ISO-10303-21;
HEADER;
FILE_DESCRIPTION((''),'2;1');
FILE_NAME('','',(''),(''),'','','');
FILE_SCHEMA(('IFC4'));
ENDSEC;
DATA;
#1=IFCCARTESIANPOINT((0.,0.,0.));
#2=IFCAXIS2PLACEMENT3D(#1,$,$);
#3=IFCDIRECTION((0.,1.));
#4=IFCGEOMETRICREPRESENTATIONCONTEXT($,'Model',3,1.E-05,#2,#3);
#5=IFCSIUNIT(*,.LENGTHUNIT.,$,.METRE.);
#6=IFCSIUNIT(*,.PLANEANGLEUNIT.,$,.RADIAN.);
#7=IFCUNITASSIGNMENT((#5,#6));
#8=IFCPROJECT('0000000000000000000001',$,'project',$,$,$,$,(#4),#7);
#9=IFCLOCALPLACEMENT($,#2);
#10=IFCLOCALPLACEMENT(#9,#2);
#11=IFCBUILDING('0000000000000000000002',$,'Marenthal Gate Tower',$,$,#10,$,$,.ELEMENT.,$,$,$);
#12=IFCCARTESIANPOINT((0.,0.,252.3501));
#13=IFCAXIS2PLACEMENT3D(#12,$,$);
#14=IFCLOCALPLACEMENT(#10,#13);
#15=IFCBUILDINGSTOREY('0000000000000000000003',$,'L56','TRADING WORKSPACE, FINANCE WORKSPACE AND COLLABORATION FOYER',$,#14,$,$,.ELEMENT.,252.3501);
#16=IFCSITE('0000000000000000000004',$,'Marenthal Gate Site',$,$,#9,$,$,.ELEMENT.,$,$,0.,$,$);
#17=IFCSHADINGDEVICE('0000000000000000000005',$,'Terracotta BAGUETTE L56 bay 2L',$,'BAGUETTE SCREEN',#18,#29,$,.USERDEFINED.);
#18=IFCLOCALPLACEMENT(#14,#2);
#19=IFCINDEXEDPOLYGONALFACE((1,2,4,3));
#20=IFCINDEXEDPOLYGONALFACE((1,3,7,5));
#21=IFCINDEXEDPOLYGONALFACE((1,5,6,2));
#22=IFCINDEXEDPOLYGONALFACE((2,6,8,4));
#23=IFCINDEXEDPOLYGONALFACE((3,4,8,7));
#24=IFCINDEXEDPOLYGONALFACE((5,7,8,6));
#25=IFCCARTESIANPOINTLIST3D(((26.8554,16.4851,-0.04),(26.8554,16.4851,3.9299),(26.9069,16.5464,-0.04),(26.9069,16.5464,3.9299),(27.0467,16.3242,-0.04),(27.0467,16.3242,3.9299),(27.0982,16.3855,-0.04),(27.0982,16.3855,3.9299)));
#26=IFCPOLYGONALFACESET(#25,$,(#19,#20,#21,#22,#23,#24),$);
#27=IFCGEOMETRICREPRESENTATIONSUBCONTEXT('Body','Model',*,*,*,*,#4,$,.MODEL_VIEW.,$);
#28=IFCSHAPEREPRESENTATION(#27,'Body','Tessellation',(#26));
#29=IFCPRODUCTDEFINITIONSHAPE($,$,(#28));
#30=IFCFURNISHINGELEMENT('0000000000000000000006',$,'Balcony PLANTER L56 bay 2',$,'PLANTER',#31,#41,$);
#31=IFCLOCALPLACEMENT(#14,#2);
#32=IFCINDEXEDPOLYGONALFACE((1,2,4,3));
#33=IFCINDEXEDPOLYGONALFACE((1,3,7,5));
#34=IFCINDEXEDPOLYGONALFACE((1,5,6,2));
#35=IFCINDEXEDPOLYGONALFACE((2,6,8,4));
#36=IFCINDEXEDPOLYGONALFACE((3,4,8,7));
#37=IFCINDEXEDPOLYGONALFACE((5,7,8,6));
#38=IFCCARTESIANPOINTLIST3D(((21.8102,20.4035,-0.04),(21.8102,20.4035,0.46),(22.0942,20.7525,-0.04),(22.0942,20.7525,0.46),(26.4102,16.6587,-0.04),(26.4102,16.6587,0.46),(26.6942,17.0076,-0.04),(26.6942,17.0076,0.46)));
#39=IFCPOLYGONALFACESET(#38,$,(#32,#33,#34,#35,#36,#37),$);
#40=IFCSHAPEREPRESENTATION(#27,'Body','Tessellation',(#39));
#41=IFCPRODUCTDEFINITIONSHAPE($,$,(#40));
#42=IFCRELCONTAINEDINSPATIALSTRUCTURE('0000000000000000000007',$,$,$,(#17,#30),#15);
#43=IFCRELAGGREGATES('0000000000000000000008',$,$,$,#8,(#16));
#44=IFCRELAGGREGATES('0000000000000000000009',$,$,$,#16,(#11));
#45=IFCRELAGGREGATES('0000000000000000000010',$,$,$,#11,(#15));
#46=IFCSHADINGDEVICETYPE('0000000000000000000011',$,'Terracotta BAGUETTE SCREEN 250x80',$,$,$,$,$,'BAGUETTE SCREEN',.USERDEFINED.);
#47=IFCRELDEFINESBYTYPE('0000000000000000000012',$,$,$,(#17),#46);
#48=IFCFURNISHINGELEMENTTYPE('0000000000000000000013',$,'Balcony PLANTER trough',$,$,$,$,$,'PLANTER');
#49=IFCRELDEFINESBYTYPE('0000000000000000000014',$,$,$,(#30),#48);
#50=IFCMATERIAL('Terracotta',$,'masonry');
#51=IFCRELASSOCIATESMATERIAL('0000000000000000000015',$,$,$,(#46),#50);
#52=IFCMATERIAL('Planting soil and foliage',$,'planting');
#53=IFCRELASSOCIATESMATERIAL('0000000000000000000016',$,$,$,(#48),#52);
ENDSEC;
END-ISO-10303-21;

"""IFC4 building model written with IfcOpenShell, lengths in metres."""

from ifc_helpers import new_model, si_unit, direction, frame, origin, origin_2d, place, context, subcontext, project, spatial, rectangle, extrude, material, material_profile, profile_set, type_object, element, save


model = new_model("IFC4")

# Units and contexts
model_context = context("Model", 3, precision=1e-05, world=origin(), true_north=direction((0.0, 1.0)))
body_context = subcontext(model_context, "Body", "Model", "MODEL_VIEW")
ifc_project = project(units=[si_unit("LENGTHUNIT", "METRE"), si_unit("PLANEANGLEUNIT", "RADIAN")], contexts=[model_context])

# Site, building, storey
site_placement = place(None, origin())
site = spatial("IfcSite", under=ifc_project, at=site_placement, Name="Marenthal Gate Site", CompositionType="ELEMENT", RefElevation=0.0)
building_placement = place(site_placement, origin())
building = spatial("IfcBuilding", under=site, at=building_placement, Name="Marenthal Gate Tower", CompositionType="ELEMENT")
storey_placement = place(building_placement, frame((0.0, 0.0, 252.3501)))
storey = spatial("IfcBuildingStorey", under=building, at=storey_placement, Name="L56", Description="TRADING WORKSPACE, FINANCE WORKSPACE AND COLLABORATION FOYER", CompositionType="ELEMENT", Elevation=252.3501)

# Shading device
ifc_material_1 = material(Name="Terracotta", Category="masonry")
ifc_material_profile_1 = material_profile(ifc_material_1, rectangle(XDim=0.25, YDim=0.0801, at=origin_2d()), Name="Terracotta baguette 250x80")
ifc_profile_set_1 = profile_set([ifc_material_profile_1], Name="Terracotta")
shading_device_type = type_object("IfcShadingDeviceType", Name="Terracotta BAGUETTE SCREEN 250x80", ElementType="BAGUETTE SCREEN", PredefinedType="USERDEFINED", material=ifc_profile_set_1)
shading_device_placement = place(storey_placement, frame((26.9768, 16.4353, -0.04), z_axis=(0.0, 0.0, 1.0), x_axis=(-0.765398, 0.643557, 0.0)))
element("IfcShadingDevice", 1, at=shading_device_placement, inside=storey, type_object=shading_device_type, Name="Terracotta BAGUETTE L56 bay 2L", ObjectType="BAGUETTE SCREEN", PredefinedType="USERDEFINED", context=body_context, shape_type="SweptSolid", body=[
    extrude(rectangle(XDim=0.25, YDim=0.0801, at=origin_2d()), origin(), (0.0, 0.0, 1.0), 3.97),
])

# Furnishing element
ifc_material_2 = material(Name="Planting soil and foliage", Category="planting")
furnishing_element_type = type_object("IfcFurnishingElementType", Name="Balcony PLANTER trough", ElementType="PLANTER", material=ifc_material_2)
furnishing_placement = place(storey_placement, frame((24.2522, 18.7056, -0.04), z_axis=(0.0, 0.0, 1.0), x_axis=(-0.775505, 0.631342, 0.0)))
element("IfcFurnishingElement", 2, at=furnishing_placement, inside=storey, type_object=furnishing_element_type, Name="Balcony PLANTER L56 bay 2", ObjectType="PLANTER", context=body_context, shape_type="SweptSolid", body=[
    extrude(rectangle(XDim=5.9316, YDim=0.45, at=origin_2d()), origin(), (0.0, 0.0, 1.0), 0.5),
])

save(model, "model.ifc")
